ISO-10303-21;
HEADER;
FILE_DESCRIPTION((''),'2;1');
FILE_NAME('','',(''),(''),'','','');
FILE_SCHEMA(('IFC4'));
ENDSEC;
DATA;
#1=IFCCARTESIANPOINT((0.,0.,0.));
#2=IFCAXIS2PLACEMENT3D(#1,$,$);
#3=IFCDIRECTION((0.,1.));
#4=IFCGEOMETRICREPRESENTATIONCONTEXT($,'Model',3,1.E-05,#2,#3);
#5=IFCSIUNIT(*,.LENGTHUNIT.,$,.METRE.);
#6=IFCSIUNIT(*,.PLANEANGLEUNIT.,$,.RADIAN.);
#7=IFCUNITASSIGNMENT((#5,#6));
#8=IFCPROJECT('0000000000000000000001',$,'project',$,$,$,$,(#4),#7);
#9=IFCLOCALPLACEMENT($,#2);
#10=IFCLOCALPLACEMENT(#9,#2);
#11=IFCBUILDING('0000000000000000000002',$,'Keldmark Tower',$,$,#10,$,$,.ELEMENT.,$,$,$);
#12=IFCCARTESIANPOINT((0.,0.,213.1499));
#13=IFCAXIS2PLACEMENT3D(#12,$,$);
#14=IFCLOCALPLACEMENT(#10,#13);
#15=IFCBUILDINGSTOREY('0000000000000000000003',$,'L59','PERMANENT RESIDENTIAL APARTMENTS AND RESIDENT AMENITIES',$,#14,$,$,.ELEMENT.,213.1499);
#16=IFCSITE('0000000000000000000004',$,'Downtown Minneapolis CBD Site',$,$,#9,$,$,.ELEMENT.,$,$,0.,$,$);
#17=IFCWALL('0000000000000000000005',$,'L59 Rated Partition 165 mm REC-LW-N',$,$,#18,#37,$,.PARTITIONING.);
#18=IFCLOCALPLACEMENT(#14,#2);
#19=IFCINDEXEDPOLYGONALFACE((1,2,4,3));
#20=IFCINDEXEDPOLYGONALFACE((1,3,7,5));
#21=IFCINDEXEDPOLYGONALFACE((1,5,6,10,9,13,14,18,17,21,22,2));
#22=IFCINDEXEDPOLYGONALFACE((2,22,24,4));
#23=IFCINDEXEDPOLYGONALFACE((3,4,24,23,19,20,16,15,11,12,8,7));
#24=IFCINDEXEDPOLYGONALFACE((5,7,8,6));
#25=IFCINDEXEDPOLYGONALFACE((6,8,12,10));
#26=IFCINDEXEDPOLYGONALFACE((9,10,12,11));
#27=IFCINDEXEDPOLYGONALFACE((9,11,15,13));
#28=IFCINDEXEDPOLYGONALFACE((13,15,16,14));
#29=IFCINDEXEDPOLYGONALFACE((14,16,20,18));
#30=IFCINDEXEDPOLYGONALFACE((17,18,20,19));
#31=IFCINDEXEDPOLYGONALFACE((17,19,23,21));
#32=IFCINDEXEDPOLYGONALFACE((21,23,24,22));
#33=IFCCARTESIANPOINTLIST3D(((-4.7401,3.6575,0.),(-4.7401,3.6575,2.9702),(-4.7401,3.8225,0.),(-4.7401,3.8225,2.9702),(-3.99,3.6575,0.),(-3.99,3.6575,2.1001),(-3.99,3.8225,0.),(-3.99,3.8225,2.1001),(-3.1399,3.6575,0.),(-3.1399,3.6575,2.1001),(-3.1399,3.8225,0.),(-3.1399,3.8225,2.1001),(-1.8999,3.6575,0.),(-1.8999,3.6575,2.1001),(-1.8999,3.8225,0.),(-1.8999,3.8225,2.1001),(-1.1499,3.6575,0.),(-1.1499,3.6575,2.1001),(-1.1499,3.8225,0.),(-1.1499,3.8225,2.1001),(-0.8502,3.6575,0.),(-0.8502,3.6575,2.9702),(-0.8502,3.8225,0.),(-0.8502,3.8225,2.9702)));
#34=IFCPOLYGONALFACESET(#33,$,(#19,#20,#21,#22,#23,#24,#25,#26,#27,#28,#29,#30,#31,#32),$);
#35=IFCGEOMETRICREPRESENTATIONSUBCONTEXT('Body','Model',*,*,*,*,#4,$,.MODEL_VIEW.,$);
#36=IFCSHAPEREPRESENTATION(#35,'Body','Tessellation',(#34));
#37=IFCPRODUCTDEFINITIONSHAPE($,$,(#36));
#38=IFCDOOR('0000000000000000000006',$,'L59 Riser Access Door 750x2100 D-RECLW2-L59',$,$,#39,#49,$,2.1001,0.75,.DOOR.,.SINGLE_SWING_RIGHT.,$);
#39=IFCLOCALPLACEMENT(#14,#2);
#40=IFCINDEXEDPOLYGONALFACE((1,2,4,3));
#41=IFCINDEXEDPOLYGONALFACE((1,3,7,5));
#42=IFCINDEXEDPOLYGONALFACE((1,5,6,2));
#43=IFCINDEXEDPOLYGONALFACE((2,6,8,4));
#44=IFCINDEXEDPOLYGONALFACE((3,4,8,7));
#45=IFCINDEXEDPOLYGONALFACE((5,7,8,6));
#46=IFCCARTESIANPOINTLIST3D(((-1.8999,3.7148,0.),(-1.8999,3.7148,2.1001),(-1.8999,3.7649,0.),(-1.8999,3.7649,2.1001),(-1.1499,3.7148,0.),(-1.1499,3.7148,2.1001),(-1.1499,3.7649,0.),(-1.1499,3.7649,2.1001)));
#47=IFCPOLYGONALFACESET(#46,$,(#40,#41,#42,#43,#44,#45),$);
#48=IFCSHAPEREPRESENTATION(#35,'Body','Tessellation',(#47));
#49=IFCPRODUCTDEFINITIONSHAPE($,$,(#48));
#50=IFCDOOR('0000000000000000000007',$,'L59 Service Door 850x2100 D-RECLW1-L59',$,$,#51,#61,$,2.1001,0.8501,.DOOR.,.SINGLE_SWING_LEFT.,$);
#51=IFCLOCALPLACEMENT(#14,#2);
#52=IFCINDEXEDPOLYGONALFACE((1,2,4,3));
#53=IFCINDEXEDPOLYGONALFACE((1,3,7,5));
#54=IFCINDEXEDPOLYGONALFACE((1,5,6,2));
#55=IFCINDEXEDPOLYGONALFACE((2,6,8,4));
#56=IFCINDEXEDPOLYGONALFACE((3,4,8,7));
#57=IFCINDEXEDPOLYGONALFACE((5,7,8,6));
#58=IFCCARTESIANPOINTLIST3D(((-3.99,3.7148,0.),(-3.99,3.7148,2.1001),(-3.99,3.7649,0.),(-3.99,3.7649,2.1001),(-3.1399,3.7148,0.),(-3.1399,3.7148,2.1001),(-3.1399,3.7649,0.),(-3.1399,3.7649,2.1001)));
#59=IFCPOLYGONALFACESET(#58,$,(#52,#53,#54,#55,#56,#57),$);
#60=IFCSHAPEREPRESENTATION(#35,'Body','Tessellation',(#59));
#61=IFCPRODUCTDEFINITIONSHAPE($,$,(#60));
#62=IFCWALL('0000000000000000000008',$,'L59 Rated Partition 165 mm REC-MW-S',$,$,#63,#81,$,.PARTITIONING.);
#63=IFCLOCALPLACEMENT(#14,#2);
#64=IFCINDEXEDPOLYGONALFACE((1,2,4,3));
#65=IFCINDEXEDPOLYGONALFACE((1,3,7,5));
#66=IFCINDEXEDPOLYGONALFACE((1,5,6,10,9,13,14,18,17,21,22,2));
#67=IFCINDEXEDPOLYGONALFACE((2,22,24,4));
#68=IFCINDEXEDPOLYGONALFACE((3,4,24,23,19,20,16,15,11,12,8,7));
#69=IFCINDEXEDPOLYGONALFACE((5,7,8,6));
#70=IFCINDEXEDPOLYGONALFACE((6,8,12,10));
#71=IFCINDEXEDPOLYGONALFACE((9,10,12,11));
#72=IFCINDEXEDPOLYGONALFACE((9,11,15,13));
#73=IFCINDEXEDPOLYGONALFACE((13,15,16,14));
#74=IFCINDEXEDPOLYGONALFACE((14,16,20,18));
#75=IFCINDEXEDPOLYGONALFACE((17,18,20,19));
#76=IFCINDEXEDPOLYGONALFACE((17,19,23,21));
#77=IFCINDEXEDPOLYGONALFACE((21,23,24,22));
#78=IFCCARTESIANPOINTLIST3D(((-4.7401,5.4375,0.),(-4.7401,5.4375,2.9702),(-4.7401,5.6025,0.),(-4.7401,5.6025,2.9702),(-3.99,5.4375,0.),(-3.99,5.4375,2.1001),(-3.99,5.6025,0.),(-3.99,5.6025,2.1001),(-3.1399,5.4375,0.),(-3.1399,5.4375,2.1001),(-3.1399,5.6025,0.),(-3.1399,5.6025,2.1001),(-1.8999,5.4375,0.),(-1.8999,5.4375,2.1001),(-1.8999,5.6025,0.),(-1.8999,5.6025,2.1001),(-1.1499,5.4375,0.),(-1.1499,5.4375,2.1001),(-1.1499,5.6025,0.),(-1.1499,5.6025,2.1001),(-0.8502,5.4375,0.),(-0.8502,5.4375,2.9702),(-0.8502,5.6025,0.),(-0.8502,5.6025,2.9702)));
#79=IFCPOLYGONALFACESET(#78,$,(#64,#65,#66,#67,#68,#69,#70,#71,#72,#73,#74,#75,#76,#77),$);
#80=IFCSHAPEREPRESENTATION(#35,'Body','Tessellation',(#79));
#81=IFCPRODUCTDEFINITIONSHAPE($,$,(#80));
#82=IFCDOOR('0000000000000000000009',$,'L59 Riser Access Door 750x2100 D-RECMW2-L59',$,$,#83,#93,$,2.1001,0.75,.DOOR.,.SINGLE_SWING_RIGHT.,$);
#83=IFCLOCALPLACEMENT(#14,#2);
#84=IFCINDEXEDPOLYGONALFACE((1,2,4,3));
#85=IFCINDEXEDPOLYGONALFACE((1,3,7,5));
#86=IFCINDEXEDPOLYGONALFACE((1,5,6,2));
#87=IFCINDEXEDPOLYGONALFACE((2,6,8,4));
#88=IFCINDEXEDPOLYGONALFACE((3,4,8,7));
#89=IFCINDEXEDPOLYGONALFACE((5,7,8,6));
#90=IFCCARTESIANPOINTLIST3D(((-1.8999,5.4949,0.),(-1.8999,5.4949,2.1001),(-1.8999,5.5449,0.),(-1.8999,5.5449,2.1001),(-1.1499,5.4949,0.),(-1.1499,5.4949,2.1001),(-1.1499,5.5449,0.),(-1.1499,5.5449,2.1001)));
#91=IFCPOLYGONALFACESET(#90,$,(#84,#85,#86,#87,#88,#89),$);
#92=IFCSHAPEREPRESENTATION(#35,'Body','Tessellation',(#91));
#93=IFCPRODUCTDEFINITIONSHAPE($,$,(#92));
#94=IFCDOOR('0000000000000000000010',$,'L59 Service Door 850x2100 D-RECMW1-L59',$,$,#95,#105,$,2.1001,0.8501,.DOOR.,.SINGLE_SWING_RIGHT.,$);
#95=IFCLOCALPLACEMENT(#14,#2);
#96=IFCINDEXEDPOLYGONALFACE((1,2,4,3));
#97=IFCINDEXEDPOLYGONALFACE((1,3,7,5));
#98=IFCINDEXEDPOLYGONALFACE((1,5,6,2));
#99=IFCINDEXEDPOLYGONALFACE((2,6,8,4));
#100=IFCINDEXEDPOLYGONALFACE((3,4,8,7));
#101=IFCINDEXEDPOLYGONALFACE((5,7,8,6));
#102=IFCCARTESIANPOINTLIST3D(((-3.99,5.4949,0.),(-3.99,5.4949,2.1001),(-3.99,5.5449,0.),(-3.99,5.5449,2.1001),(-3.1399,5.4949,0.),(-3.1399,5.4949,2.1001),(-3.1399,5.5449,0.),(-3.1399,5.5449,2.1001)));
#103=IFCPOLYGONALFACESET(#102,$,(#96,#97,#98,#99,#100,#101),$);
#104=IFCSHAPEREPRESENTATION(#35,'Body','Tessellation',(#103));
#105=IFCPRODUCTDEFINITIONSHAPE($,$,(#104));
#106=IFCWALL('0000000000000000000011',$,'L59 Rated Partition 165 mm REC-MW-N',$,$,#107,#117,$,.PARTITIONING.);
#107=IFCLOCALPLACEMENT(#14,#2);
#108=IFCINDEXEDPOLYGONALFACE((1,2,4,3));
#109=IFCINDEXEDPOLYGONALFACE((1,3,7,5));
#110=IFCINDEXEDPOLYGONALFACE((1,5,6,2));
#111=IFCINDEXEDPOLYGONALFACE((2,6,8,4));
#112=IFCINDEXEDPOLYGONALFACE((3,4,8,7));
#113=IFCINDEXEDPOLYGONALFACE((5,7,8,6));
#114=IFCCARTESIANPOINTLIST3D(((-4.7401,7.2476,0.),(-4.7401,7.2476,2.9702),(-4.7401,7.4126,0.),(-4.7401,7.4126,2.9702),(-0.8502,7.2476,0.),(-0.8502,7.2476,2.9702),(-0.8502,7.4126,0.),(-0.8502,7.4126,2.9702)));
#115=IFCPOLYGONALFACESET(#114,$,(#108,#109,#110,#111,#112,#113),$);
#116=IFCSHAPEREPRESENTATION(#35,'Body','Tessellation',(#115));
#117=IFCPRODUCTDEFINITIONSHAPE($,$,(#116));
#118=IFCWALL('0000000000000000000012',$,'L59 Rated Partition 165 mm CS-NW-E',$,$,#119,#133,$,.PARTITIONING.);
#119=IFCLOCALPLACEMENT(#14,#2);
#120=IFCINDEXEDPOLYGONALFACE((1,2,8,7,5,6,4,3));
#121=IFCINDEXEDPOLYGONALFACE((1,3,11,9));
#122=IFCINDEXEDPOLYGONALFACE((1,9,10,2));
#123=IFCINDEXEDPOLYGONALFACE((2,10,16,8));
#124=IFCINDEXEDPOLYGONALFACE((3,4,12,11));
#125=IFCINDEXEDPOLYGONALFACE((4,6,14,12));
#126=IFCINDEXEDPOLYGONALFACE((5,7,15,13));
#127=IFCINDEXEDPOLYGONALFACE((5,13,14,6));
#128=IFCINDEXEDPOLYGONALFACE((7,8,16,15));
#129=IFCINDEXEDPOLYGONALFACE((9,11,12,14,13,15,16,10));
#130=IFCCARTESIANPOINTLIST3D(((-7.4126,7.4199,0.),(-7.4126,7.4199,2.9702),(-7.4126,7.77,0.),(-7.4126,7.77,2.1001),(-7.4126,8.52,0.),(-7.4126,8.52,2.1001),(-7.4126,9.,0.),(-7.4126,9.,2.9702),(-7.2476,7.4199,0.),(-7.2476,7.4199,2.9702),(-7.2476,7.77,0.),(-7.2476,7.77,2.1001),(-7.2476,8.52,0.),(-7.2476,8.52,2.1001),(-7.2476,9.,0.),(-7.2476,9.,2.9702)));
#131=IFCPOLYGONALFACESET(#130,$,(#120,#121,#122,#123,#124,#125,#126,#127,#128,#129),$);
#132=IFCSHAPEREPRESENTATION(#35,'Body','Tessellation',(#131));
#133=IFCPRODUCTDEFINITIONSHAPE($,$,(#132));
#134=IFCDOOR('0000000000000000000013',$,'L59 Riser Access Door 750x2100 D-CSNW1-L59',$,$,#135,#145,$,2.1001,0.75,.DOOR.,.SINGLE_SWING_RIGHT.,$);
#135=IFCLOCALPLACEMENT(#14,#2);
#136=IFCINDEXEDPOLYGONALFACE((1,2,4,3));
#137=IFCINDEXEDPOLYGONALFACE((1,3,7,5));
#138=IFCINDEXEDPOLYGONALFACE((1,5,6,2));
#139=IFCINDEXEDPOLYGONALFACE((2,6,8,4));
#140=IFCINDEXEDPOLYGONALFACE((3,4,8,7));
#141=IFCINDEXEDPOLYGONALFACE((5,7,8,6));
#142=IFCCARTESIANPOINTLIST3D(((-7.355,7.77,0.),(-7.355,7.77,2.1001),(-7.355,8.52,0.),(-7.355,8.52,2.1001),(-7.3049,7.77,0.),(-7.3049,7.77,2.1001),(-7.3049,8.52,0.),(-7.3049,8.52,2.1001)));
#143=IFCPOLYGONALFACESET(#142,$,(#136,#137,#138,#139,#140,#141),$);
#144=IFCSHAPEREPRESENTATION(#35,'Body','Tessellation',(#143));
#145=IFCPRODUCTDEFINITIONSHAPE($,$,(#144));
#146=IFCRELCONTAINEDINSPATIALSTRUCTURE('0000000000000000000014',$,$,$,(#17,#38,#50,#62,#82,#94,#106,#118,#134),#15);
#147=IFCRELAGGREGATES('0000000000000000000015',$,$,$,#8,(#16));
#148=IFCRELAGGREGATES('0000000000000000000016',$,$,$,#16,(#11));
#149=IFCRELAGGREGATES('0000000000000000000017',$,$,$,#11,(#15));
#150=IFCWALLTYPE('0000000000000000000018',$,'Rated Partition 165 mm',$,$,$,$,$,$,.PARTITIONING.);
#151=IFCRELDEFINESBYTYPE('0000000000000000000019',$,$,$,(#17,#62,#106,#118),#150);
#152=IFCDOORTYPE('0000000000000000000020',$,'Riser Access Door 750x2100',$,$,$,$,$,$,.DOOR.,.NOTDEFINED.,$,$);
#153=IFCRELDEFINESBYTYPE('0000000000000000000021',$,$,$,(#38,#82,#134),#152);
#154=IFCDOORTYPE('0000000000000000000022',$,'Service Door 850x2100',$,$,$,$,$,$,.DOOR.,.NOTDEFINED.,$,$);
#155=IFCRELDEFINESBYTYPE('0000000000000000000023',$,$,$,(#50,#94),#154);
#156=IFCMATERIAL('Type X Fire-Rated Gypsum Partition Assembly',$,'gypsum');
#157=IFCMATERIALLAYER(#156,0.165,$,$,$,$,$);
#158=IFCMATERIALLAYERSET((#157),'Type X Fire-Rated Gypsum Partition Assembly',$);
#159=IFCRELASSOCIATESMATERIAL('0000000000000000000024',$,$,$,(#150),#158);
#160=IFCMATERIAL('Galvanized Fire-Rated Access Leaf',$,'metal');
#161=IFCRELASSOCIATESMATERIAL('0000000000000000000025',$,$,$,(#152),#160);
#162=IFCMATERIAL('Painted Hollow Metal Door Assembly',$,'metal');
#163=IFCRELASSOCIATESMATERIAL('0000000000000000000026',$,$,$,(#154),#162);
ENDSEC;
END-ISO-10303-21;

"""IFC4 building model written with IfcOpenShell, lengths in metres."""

from ifc_helpers import new_model, si_unit, direction, frame, frame_2d, origin, place, context, subcontext, project, spatial, rectangle, extrude, material, layer, layer_set, type_object, element, fill, save


model = new_model("IFC4")

# Units and contexts
model_context = context("Model", 3, precision=1e-05, world=origin(), true_north=direction((0.0, 1.0)))
body_context = subcontext(model_context, "Body", "Model", "MODEL_VIEW")
ifc_project = project(units=[si_unit("LENGTHUNIT", "METRE"), si_unit("PLANEANGLEUNIT", "RADIAN")], contexts=[model_context])

# Site, building, storey
site_placement = place(None, origin())
site = spatial("IfcSite", under=ifc_project, at=site_placement, Name="Downtown Minneapolis CBD Site", CompositionType="ELEMENT", RefElevation=0.0)
building_placement = place(site_placement, origin())
building = spatial("IfcBuilding", under=site, at=building_placement, Name="Keldmark Tower", CompositionType="ELEMENT")
storey_placement = place(building_placement, frame((0.0, 0.0, 213.1499)))
storey = spatial("IfcBuildingStorey", under=building, at=storey_placement, Name="L59", Description="PERMANENT RESIDENTIAL APARTMENTS AND RESIDENT AMENITIES", CompositionType="ELEMENT", Elevation=213.1499)

# Shared definitions
ifc_material_1 = material(Name="Type X Fire-Rated Gypsum Partition Assembly", Category="gypsum")
ifc_layer_1 = layer(ifc_material_1, 0.165)
ifc_layer_set_1 = layer_set([ifc_layer_1], Name="Type X Fire-Rated Gypsum Partition Assembly")
wall_type_1 = type_object("IfcWallType", Name="Rated Partition 165 mm", PredefinedType="PARTITIONING", material=ifc_layer_set_1)

# Walls, openings, doors
wall_1_placement = place(storey_placement, frame((-4.74, 3.74, 0.0), z_axis=(0.0, 0.0, 1.0), x_axis=(1.0, 0.0, 0.0)))
wall_1 = element("IfcWall", 1, at=wall_1_placement, inside=storey, type_object=wall_type_1, Name="L59 Rated Partition 165 mm REC-LW-N", PredefinedType="PARTITIONING", context=body_context, shape_type="SweptSolid", body=[
    extrude(rectangle(XDim=3.8899, YDim=0.165, at=frame_2d((1.9448, 0.0))), origin(), (0.0, 0.0, 1.0), 2.9702),
])
opening_1_placement = place(wall_1_placement, frame((0.75, 0.0, 0.0)))
opening_1 = element("IfcOpeningElement", 2, at=opening_1_placement, cuts=wall_1, PredefinedType="OPENING", context=body_context, shape_type="SweptSolid", body=[
    extrude(rectangle(XDim=0.8501, YDim=2.1001, at=frame_2d((0.425, 1.05))), frame((0.0, 0.0925, 0.0), z_axis=(0.0, -1.0, 0.0), x_axis=(1.0, 0.0, 0.0)), (0.0, 0.0, 1.0), 0.1851),
])
opening_2_placement = place(wall_1_placement, frame((2.8401, 0.0, 0.0)))
opening_2 = element("IfcOpeningElement", 3, at=opening_2_placement, cuts=wall_1, PredefinedType="OPENING", context=body_context, shape_type="SweptSolid", body=[
    extrude(rectangle(XDim=0.75, YDim=2.1001, at=frame_2d((0.375, 1.05))), frame((0.0, 0.0925, 0.0), z_axis=(0.0, -1.0, 0.0), x_axis=(1.0, 0.0, 0.0)), (0.0, 0.0, 1.0), 0.1851),
])
ifc_material_2 = material(Name="Galvanized Fire-Rated Access Leaf", Category="metal")
door_type_1 = type_object("IfcDoorType", Name="Riser Access Door 750x2100", OperationType="NOTDEFINED", PredefinedType="DOOR", material=ifc_material_2)
door_1_placement = place(opening_2_placement, origin())
door_1 = element("IfcDoor", 4, at=door_1_placement, inside=storey, type_object=door_type_1, Name="L59 Riser Access Door 750x2100 D-RECLW2-L59", OperationType="SINGLE_SWING_RIGHT", OverallHeight=2.1001, OverallWidth=0.75, PredefinedType="DOOR", context=body_context, shape_type="SweptSolid", body=[
    extrude(rectangle(XDim=0.75, YDim=2.1001, at=frame_2d((0.375, 1.05))), frame((0.0, 0.0249, 0.0), z_axis=(0.0, -1.0, 0.0), x_axis=(1.0, 0.0, 0.0)), (0.0, 0.0, 1.0), 0.05),
])
fill(opening_2, door_1)
ifc_material_3 = material(Name="Painted Hollow Metal Door Assembly", Category="metal")
door_type_2 = type_object("IfcDoorType", Name="Service Door 850x2100", OperationType="NOTDEFINED", PredefinedType="DOOR", material=ifc_material_3)
door_2_placement = place(opening_1_placement, origin())
door_2 = element("IfcDoor", 5, at=door_2_placement, inside=storey, type_object=door_type_2, Name="L59 Service Door 850x2100 D-RECLW1-L59", OperationType="SINGLE_SWING_LEFT", OverallHeight=2.1001, OverallWidth=0.8501, PredefinedType="DOOR", context=body_context, shape_type="SweptSolid", body=[
    extrude(rectangle(XDim=0.8501, YDim=2.1001, at=frame_2d((0.425, 1.05))), frame((0.0, 0.0249, 0.0), z_axis=(0.0, -1.0, 0.0), x_axis=(1.0, 0.0, 0.0)), (0.0, 0.0, 1.0), 0.05),
])
fill(opening_1, door_2)
wall_2_placement = place(storey_placement, frame((-4.74, 5.52, 0.0), z_axis=(0.0, 0.0, 1.0), x_axis=(1.0, 0.0, 0.0)))
wall_2 = element("IfcWall", 6, at=wall_2_placement, inside=storey, type_object=wall_type_1, Name="L59 Rated Partition 165 mm REC-MW-S", PredefinedType="PARTITIONING", context=body_context, shape_type="SweptSolid", body=[
    extrude(rectangle(XDim=3.8899, YDim=0.165, at=frame_2d((1.9448, 0.0))), origin(), (0.0, 0.0, 1.0), 2.9702),
])
opening_3_placement = place(wall_2_placement, frame((0.75, 0.0, 0.0)))
opening_3 = element("IfcOpeningElement", 7, at=opening_3_placement, cuts=wall_2, PredefinedType="OPENING", context=body_context, shape_type="SweptSolid", body=[
    extrude(rectangle(XDim=0.8501, YDim=2.1001, at=frame_2d((0.425, 1.05))), frame((0.0, 0.0925, 0.0), z_axis=(0.0, -1.0, 0.0), x_axis=(1.0, 0.0, 0.0)), (0.0, 0.0, 1.0), 0.1851),
])
opening_4_placement = place(wall_2_placement, frame((2.8401, 0.0, 0.0)))
opening_4 = element("IfcOpeningElement", 8, at=opening_4_placement, cuts=wall_2, PredefinedType="OPENING", context=body_context, shape_type="SweptSolid", body=[
    extrude(rectangle(XDim=0.75, YDim=2.1001, at=frame_2d((0.375, 1.05))), frame((0.0, 0.0925, 0.0), z_axis=(0.0, -1.0, 0.0), x_axis=(1.0, 0.0, 0.0)), (0.0, 0.0, 1.0), 0.1851),
])
door_3_placement = place(opening_4_placement, origin())
door_3 = element("IfcDoor", 9, at=door_3_placement, inside=storey, type_object=door_type_1, Name="L59 Riser Access Door 750x2100 D-RECMW2-L59", OperationType="SINGLE_SWING_RIGHT", OverallHeight=2.1001, OverallWidth=0.75, PredefinedType="DOOR", context=body_context, shape_type="SweptSolid", body=[
    extrude(rectangle(XDim=0.75, YDim=2.1001, at=frame_2d((0.375, 1.05))), frame((0.0, 0.0249, 0.0), z_axis=(0.0, -1.0, 0.0), x_axis=(1.0, 0.0, 0.0)), (0.0, 0.0, 1.0), 0.05),
])
fill(opening_4, door_3)
door_4_placement = place(opening_3_placement, origin())
door_4 = element("IfcDoor", 10, at=door_4_placement, inside=storey, type_object=door_type_2, Name="L59 Service Door 850x2100 D-RECMW1-L59", OperationType="SINGLE_SWING_RIGHT", OverallHeight=2.1001, OverallWidth=0.8501, PredefinedType="DOOR", context=body_context, shape_type="SweptSolid", body=[
    extrude(rectangle(XDim=0.8501, YDim=2.1001, at=frame_2d((0.425, 1.05))), frame((0.0, 0.0249, 0.0), z_axis=(0.0, -1.0, 0.0), x_axis=(1.0, 0.0, 0.0)), (0.0, 0.0, 1.0), 0.05),
])
fill(opening_3, door_4)

# Wall
wall_3_placement = place(storey_placement, frame((-4.74, 7.3301, 0.0), z_axis=(0.0, 0.0, 1.0), x_axis=(1.0, 0.0, 0.0)))
element("IfcWall", 11, at=wall_3_placement, inside=storey, type_object=wall_type_1, Name="L59 Rated Partition 165 mm REC-MW-N", PredefinedType="PARTITIONING", context=body_context, shape_type="SweptSolid", body=[
    extrude(rectangle(XDim=3.8899, YDim=0.165, at=frame_2d((1.9448, 0.0))), origin(), (0.0, 0.0, 1.0), 2.9702),
])

# Wall, opening, door
wall_4_placement = place(storey_placement, frame((-7.3301, 7.4199, 0.0), z_axis=(0.0, 0.0, 1.0), x_axis=(0.0, 1.0, 0.0)))
wall_4 = element("IfcWall", 12, at=wall_4_placement, inside=storey, type_object=wall_type_1, Name="L59 Rated Partition 165 mm CS-NW-E", PredefinedType="PARTITIONING", context=body_context, shape_type="SweptSolid", body=[
    extrude(rectangle(XDim=1.5801, YDim=0.165, at=frame_2d((0.79, 0.0))), origin(), (0.0, 0.0, 1.0), 2.9702),
])
opening_5_placement = place(wall_4_placement, frame((0.3501, 0.0, 0.0)))
opening_5 = element("IfcOpeningElement", 13, at=opening_5_placement, cuts=wall_4, PredefinedType="OPENING", context=body_context, shape_type="SweptSolid", body=[
    extrude(rectangle(XDim=0.75, YDim=2.1001, at=frame_2d((0.375, 1.05))), frame((0.0, 0.0925, 0.0), z_axis=(0.0, -1.0, 0.0), x_axis=(1.0, 0.0, 0.0)), (0.0, 0.0, 1.0), 0.1851),
])
door_5_placement = place(opening_5_placement, origin())
door_5 = element("IfcDoor", 14, at=door_5_placement, inside=storey, type_object=door_type_1, Name="L59 Riser Access Door 750x2100 D-CSNW1-L59", OperationType="SINGLE_SWING_RIGHT", OverallHeight=2.1001, OverallWidth=0.75, PredefinedType="DOOR", context=body_context, shape_type="SweptSolid", body=[
    extrude(rectangle(XDim=0.75, YDim=2.1001, at=frame_2d((0.375, 1.05))), frame((0.0, 0.0249, 0.0), z_axis=(0.0, -1.0, 0.0), x_axis=(1.0, 0.0, 0.0)), (0.0, 0.0, 1.0), 0.05),
])
fill(opening_5, door_5)

save(model, "model.ifc")
